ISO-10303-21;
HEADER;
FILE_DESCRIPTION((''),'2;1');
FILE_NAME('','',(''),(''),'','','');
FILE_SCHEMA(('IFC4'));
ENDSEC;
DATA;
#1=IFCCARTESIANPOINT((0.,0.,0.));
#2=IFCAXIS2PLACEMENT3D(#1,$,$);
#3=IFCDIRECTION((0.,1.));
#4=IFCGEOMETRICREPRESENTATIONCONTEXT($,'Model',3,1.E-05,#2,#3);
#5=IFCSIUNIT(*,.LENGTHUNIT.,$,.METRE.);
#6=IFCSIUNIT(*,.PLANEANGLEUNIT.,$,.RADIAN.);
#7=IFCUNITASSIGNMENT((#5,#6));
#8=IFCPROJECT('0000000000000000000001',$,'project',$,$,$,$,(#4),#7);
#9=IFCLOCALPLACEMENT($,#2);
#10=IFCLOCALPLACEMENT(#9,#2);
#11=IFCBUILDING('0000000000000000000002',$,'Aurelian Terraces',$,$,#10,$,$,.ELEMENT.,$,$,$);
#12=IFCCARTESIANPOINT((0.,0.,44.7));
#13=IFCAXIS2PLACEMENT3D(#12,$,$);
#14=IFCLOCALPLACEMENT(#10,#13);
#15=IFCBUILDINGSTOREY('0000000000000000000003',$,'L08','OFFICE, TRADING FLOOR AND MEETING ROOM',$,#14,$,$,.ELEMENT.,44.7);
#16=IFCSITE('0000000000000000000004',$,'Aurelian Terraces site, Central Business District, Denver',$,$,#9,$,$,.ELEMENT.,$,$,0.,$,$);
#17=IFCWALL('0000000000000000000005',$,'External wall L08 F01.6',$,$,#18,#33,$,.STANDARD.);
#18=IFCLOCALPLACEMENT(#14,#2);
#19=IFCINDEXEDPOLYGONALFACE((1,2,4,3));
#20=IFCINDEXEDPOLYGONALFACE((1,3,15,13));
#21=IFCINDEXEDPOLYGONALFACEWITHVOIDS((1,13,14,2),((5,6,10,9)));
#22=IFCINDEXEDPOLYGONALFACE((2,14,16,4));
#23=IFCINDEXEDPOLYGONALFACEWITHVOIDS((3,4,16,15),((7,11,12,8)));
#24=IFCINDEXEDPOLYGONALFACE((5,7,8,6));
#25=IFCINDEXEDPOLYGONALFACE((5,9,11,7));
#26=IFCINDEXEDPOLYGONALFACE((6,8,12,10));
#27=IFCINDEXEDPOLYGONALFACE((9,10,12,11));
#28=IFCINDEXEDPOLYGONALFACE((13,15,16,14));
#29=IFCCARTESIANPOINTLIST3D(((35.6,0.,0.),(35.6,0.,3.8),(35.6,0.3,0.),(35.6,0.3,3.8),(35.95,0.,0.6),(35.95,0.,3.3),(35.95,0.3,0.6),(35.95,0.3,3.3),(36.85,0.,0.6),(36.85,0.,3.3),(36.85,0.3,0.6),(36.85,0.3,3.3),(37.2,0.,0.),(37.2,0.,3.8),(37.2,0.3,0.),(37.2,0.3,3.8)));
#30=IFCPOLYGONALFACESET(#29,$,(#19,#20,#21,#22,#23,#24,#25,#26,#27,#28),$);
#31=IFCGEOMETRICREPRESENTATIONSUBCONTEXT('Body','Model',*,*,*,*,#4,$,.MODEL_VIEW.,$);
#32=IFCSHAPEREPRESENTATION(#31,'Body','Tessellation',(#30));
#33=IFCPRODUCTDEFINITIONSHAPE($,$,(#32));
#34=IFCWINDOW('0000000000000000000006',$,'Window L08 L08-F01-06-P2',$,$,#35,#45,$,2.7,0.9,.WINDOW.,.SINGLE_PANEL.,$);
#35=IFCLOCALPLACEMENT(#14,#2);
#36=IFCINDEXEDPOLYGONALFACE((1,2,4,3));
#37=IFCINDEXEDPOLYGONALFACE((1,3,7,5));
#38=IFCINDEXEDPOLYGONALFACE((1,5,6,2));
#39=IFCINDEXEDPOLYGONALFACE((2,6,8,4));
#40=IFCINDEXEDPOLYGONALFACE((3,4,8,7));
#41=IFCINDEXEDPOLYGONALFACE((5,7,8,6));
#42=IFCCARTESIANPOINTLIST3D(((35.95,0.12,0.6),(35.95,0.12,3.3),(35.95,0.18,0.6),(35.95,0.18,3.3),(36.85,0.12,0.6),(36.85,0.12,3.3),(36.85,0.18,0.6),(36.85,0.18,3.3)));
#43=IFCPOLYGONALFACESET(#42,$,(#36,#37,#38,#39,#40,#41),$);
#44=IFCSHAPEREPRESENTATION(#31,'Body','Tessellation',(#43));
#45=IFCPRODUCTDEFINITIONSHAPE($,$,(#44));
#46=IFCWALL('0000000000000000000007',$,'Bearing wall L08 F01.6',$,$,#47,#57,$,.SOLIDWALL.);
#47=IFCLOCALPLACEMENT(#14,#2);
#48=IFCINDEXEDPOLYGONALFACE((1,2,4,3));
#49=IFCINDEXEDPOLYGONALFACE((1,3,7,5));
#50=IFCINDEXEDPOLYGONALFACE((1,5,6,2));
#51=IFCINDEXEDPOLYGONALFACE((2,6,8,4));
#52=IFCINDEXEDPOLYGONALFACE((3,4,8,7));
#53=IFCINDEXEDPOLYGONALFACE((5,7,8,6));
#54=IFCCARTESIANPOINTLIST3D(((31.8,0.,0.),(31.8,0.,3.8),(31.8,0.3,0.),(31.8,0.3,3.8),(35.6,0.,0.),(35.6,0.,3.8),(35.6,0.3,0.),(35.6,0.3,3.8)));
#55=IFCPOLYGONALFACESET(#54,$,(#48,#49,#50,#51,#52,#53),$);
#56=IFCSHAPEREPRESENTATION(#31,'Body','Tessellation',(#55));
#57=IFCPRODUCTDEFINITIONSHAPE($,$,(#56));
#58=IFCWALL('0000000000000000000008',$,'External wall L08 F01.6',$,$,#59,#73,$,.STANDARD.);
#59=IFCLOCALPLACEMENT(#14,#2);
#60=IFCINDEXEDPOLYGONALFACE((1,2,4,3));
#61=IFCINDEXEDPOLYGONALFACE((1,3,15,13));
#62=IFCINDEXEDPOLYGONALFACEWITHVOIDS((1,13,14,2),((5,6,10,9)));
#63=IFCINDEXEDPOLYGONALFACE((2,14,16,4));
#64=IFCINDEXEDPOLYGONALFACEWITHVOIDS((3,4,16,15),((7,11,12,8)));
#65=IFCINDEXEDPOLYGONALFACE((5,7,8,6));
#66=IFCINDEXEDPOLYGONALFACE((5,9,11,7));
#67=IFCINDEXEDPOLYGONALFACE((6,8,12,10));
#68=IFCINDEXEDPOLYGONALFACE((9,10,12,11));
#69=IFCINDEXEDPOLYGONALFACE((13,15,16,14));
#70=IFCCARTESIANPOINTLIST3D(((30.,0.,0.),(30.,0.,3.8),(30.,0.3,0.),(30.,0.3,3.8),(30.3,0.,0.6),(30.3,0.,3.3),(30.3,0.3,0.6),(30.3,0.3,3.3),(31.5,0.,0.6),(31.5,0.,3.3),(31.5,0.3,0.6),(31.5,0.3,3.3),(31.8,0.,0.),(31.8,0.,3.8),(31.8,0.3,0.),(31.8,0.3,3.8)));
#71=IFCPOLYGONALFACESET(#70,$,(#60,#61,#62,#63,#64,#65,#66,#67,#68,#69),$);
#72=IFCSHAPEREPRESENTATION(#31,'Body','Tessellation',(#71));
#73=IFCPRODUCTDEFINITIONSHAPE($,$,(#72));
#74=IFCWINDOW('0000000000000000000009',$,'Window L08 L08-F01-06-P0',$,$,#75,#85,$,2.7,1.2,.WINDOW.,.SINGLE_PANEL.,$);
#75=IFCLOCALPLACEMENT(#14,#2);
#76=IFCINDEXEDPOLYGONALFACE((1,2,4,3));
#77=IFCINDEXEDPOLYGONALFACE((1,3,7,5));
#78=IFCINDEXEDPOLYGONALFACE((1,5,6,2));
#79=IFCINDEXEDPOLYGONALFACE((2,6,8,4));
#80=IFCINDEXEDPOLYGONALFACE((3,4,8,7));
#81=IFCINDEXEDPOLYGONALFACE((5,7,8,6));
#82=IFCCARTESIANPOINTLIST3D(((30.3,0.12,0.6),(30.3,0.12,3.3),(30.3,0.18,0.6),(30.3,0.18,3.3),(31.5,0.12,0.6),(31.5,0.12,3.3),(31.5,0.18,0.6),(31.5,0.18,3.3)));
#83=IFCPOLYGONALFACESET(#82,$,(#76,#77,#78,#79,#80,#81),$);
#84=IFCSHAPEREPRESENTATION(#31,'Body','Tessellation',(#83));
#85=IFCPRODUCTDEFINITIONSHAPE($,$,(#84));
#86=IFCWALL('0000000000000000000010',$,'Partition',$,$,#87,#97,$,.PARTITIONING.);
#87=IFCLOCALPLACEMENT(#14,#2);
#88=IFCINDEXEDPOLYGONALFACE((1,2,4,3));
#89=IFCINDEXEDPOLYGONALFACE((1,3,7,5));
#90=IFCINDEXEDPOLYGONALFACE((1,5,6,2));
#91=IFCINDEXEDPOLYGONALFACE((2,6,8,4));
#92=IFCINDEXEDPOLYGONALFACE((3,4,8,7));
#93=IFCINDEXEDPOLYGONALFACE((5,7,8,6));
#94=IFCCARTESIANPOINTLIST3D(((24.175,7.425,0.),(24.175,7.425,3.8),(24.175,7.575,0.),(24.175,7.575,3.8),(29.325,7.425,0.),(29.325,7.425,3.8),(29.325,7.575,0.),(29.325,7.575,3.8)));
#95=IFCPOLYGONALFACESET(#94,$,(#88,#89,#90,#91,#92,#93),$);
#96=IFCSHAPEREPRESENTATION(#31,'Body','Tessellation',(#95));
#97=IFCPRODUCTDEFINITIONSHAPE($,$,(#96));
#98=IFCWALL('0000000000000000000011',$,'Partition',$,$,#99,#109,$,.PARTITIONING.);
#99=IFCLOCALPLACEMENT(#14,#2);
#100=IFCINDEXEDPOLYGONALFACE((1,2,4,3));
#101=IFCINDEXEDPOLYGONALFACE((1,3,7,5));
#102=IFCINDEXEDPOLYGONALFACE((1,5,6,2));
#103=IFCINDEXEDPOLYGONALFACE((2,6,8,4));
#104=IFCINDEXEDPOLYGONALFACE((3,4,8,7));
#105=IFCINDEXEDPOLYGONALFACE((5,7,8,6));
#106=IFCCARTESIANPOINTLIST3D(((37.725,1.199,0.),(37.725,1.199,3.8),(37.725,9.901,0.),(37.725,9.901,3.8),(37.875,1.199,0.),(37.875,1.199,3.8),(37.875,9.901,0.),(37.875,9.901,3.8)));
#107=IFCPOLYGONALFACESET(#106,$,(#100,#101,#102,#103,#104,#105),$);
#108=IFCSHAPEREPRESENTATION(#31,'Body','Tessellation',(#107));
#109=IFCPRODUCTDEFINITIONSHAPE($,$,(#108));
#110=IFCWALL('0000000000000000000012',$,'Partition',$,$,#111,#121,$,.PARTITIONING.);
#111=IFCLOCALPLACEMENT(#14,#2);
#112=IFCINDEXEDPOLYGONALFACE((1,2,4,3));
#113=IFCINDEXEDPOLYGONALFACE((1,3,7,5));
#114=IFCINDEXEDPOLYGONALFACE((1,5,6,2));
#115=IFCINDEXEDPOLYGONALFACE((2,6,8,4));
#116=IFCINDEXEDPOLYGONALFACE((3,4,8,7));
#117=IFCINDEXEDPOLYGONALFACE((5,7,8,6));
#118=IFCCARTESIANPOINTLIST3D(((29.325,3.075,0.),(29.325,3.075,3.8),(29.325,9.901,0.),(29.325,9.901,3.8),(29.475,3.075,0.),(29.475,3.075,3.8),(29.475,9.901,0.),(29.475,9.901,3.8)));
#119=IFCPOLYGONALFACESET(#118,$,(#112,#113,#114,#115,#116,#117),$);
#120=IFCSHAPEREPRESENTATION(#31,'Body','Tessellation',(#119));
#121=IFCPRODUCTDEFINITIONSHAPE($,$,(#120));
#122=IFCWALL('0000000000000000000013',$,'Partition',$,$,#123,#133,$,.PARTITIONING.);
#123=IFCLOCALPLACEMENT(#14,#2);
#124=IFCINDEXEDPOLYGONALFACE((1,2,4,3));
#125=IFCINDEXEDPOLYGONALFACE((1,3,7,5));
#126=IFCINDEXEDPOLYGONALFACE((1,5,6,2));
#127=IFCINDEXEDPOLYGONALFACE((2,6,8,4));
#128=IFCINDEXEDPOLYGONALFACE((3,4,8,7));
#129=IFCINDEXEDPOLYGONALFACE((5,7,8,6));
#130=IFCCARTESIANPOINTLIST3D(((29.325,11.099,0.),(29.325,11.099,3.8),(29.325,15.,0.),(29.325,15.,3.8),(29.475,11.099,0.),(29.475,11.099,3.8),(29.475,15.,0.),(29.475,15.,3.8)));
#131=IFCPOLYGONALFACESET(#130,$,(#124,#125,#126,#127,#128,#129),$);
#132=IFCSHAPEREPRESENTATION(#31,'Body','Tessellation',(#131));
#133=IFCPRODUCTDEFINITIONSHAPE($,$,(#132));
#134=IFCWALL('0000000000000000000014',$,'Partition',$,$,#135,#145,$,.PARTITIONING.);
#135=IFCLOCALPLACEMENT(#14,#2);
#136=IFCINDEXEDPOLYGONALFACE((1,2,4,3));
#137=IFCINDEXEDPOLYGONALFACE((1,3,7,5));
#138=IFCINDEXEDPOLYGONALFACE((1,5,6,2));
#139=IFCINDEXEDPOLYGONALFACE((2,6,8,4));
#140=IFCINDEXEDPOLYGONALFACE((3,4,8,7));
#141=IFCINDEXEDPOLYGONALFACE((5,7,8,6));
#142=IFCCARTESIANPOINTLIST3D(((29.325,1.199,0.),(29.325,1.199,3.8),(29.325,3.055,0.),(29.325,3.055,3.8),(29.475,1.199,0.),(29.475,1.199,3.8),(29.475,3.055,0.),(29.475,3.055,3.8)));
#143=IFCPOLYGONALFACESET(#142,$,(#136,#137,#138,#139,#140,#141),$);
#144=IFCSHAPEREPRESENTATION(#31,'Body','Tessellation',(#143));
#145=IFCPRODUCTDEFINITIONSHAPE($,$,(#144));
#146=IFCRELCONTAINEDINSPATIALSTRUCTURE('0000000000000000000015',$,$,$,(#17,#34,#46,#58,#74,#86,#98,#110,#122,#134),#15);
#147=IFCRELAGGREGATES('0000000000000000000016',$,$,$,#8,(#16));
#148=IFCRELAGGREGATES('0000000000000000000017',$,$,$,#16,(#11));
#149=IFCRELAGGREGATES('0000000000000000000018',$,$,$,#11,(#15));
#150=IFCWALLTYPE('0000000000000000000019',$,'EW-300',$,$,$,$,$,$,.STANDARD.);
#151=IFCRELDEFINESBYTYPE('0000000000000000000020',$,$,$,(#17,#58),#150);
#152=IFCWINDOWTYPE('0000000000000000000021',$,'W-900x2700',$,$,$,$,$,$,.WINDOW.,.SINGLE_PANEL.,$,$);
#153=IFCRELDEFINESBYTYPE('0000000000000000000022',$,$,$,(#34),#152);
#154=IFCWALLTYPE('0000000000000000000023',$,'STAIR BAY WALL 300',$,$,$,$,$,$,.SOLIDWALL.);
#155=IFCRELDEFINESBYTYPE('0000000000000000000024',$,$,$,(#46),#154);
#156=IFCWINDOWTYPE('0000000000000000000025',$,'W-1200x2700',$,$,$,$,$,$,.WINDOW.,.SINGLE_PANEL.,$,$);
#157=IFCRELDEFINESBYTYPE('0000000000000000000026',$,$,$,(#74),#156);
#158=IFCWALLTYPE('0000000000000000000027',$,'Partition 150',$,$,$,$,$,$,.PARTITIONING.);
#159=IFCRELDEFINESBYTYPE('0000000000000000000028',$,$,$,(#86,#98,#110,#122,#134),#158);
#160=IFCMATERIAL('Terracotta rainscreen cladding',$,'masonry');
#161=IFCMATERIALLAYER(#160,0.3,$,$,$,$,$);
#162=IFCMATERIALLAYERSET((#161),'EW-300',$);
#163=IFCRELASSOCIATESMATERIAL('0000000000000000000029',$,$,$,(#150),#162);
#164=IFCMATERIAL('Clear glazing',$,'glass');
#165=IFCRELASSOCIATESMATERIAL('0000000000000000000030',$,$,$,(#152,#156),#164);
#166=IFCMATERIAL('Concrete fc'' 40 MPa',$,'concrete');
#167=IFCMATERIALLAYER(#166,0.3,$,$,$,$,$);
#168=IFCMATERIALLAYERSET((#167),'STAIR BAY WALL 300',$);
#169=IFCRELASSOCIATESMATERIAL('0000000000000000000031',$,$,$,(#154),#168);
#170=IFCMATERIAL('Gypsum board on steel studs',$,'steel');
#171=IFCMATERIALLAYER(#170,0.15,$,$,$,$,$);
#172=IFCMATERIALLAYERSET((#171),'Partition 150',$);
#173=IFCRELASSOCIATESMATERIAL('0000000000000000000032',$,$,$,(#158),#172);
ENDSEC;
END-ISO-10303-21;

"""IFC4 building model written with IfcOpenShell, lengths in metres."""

from ifc_helpers import new_model, si_unit, direction, frame, frame_2d, origin, place, context, subcontext, project, spatial, rectangle, extrude, source, transform, mapped, material, layer, layer_set, type_object, element, fill, save


model = new_model("IFC4")

# Units and contexts
model_context = context("Model", 3, precision=1e-05, world=origin(), true_north=direction((0.0, 1.0)))
body_context = subcontext(model_context, "Body", "Model", "MODEL_VIEW")
ifc_project = project(units=[si_unit("LENGTHUNIT", "METRE"), si_unit("PLANEANGLEUNIT", "RADIAN")], contexts=[model_context])

# Site, building, storey
site_placement = place(None, origin())
site = spatial("IfcSite", under=ifc_project, at=site_placement, Name="Aurelian Terraces site, Central Business District, Denver", CompositionType="ELEMENT", RefElevation=0.0)
building_placement = place(site_placement, origin())
building = spatial("IfcBuilding", under=site, at=building_placement, Name="Aurelian Terraces", CompositionType="ELEMENT")
storey_placement = place(building_placement, frame((0.0, 0.0, 44.7)))
storey = spatial("IfcBuildingStorey", under=building, at=storey_placement, Name="L08", Description="OFFICE, TRADING FLOOR AND MEETING ROOM", CompositionType="ELEMENT", Elevation=44.7)

# Shared definitions
ifc_material_1 = material(Name="Terracotta rainscreen cladding", Category="masonry")
ifc_layer_1 = layer(ifc_material_1, 0.3)
ifc_layer_set_1 = layer_set([ifc_layer_1], Name="EW-300")
wall_type_1 = type_object("IfcWallType", Name="EW-300", PredefinedType="STANDARD", material=ifc_layer_set_1)
ifc_material_2 = material(Name="Clear glazing", Category="glass")

# Wall, opening, window
shared_shape_1 = source(origin(), body_context, "Body", "SweptSolid", [
    extrude(rectangle(XDim=1.6, YDim=0.3, at=frame_2d((0.8, 0.0))), origin(), (0.0, 0.0, 1.0), 3.8),
])
wall_1_placement = place(storey_placement, frame((35.6, 0.15, 0.0), z_axis=(0.0, 0.0, 1.0), x_axis=(1.0, 0.0, 0.0)))
wall_1 = element("IfcWall", 1, at=wall_1_placement, inside=storey, type_object=wall_type_1, Name="External wall L08 F01.6", PredefinedType="STANDARD", context=body_context, shape_type="MappedRepresentation", body=[
    mapped(shared_shape_1, transform((0.0, 0.0, 0.0), scale=1.0)),
])
shared_shape_2 = source(origin(), body_context, "Body", "SweptSolid", [
    extrude(rectangle(XDim=0.9, YDim=2.7, at=frame_2d((0.45, 1.35))), frame((0.0, 0.16, 0.0), z_axis=(0.0, -1.0, 0.0), x_axis=(1.0, 0.0, 0.0)), (0.0, 0.0, 1.0), 0.32),
])
opening_1_placement = place(wall_1_placement, frame((0.35, 0.0, 0.6)))
opening_1 = element("IfcOpeningElement", 2, at=opening_1_placement, cuts=wall_1, PredefinedType="OPENING", context=body_context, shape_type="MappedRepresentation", body=[
    mapped(shared_shape_2, transform((0.0, 0.0, 0.0), scale=1.0)),
])
window_type_1 = type_object("IfcWindowType", Name="W-900x2700", PartitioningType="SINGLE_PANEL", PredefinedType="WINDOW", material=ifc_material_2)
shared_shape_3 = source(origin(), body_context, "Body", "SweptSolid", [
    extrude(rectangle(XDim=0.9, YDim=2.7, at=frame_2d((0.45, 1.35))), frame((0.0, 0.03, 0.0), z_axis=(0.0, -1.0, 0.0), x_axis=(1.0, 0.0, 0.0)), (0.0, 0.0, 1.0), 0.06),
])
window_1_placement = place(opening_1_placement, origin())
window_1 = element("IfcWindow", 3, at=window_1_placement, inside=storey, type_object=window_type_1, Name="Window L08 L08-F01-06-P2", OverallHeight=2.7, OverallWidth=0.9, PartitioningType="SINGLE_PANEL", PredefinedType="WINDOW", context=body_context, shape_type="MappedRepresentation", body=[
    mapped(shared_shape_3, transform((0.0, 0.0, 0.0), scale=1.0)),
])
fill(opening_1, window_1)

# Wall
ifc_material_3 = material(Name="Concrete fc' 40 MPa", Category="concrete")
ifc_layer_2 = layer(ifc_material_3, 0.3)
ifc_layer_set_2 = layer_set([ifc_layer_2], Name="STAIR BAY WALL 300")
wall_type_2 = type_object("IfcWallType", Name="STAIR BAY WALL 300", PredefinedType="SOLIDWALL", material=ifc_layer_set_2)
shared_shape_4 = source(origin(), body_context, "Body", "SweptSolid", [
    extrude(rectangle(XDim=3.8, YDim=0.3, at=frame_2d((1.9, 0.0))), origin(), (0.0, 0.0, 1.0), 3.8),
])
wall_2_placement = place(storey_placement, frame((31.8, 0.15, 0.0), z_axis=(0.0, 0.0, 1.0), x_axis=(1.0, 0.0, 0.0)))
element("IfcWall", 4, at=wall_2_placement, inside=storey, type_object=wall_type_2, Name="Bearing wall L08 F01.6", PredefinedType="SOLIDWALL", context=body_context, shape_type="MappedRepresentation", body=[
    mapped(shared_shape_4, transform((0.0, 0.0, 0.0), scale=1.0)),
])

# Wall, opening, window
shared_shape_5 = source(origin(), body_context, "Body", "SweptSolid", [
    extrude(rectangle(XDim=1.8, YDim=0.3, at=frame_2d((0.9, 0.0))), origin(), (0.0, 0.0, 1.0), 3.8),
])
wall_3_placement = place(storey_placement, frame((30.0, 0.15, 0.0), z_axis=(0.0, 0.0, 1.0), x_axis=(1.0, 0.0, 0.0)))
wall_3 = element("IfcWall", 5, at=wall_3_placement, inside=storey, type_object=wall_type_1, Name="External wall L08 F01.6", PredefinedType="STANDARD", context=body_context, shape_type="MappedRepresentation", body=[
    mapped(shared_shape_5, transform((0.0, 0.0, 0.0), scale=1.0)),
])
shared_shape_6 = source(origin(), body_context, "Body", "SweptSolid", [
    extrude(rectangle(XDim=1.2, YDim=2.7, at=frame_2d((0.6, 1.35))), frame((0.0, 0.16, 0.0), z_axis=(0.0, -1.0, 0.0), x_axis=(1.0, 0.0, 0.0)), (0.0, 0.0, 1.0), 0.32),
])
opening_2_placement = place(wall_3_placement, frame((0.3, 0.0, 0.6)))
opening_2 = element("IfcOpeningElement", 6, at=opening_2_placement, cuts=wall_3, PredefinedType="OPENING", context=body_context, shape_type="MappedRepresentation", body=[
    mapped(shared_shape_6, transform((0.0, 0.0, 0.0), scale=1.0)),
])
window_type_2 = type_object("IfcWindowType", Name="W-1200x2700", PartitioningType="SINGLE_PANEL", PredefinedType="WINDOW", material=ifc_material_2)
shared_shape_7 = source(origin(), body_context, "Body", "SweptSolid", [
    extrude(rectangle(XDim=1.2, YDim=2.7, at=frame_2d((0.6, 1.35))), frame((0.0, 0.03, 0.0), z_axis=(0.0, -1.0, 0.0), x_axis=(1.0, 0.0, 0.0)), (0.0, 0.0, 1.0), 0.06),
])
window_2_placement = place(opening_2_placement, origin())
window_2 = element("IfcWindow", 7, at=window_2_placement, inside=storey, type_object=window_type_2, Name="Window L08 L08-F01-06-P0", OverallHeight=2.7, OverallWidth=1.2, PartitioningType="SINGLE_PANEL", PredefinedType="WINDOW", context=body_context, shape_type="MappedRepresentation", body=[
    mapped(shared_shape_7, transform((0.0, 0.0, 0.0), scale=1.0)),
])
fill(opening_2, window_2)

# Walls
ifc_material_4 = material(Name="Gypsum board on steel studs", Category="steel")
ifc_layer_3 = layer(ifc_material_4, 0.15)
ifc_layer_set_3 = layer_set([ifc_layer_3], Name="Partition 150")
wall_type_3 = type_object("IfcWallType", Name="Partition 150", PredefinedType="PARTITIONING", material=ifc_layer_set_3)
shared_shape_8 = source(origin(), body_context, "Body", "SweptSolid", [
    extrude(rectangle(XDim=5.15, YDim=0.15, at=frame_2d((2.575, 0.0))), origin(), (0.0, 0.0, 1.0), 3.8),
])
wall_4_placement = place(storey_placement, frame((29.325, 7.5, 0.0), z_axis=(0.0, 0.0, 1.0), x_axis=(-1.0, 0.0, 0.0)))
element("IfcWall", 8, at=wall_4_placement, inside=storey, type_object=wall_type_3, Name="Partition", PredefinedType="PARTITIONING", context=body_context, shape_type="MappedRepresentation", body=[
    mapped(shared_shape_8, transform((0.0, 0.0, 0.0), scale=1.0)),
])
shared_shape_9 = source(origin(), body_context, "Body", "SweptSolid", [
    extrude(rectangle(XDim=8.702, YDim=0.15, at=frame_2d((4.351, 0.0))), origin(), (0.0, 0.0, 1.0), 3.8),
])
wall_5_placement = place(storey_placement, frame((37.8, 1.199, 0.0), z_axis=(0.0, 0.0, 1.0), x_axis=(0.0, 1.0, 0.0)))
element("IfcWall", 9, at=wall_5_placement, inside=storey, type_object=wall_type_3, Name="Partition", PredefinedType="PARTITIONING", context=body_context, shape_type="MappedRepresentation", body=[
    mapped(shared_shape_9, transform((0.0, 0.0, 0.0), scale=1.0)),
])
shared_shape_10 = source(origin(), body_context, "Body", "SweptSolid", [
    extrude(rectangle(XDim=6.826, YDim=0.15, at=frame_2d((3.413, 0.0))), origin(), (0.0, 0.0, 1.0), 3.8),
])
wall_6_placement = place(storey_placement, frame((29.4, 3.075, 0.0), z_axis=(0.0, 0.0, 1.0), x_axis=(0.0, 1.0, 0.0)))
element("IfcWall", 10, at=wall_6_placement, inside=storey, type_object=wall_type_3, Name="Partition", PredefinedType="PARTITIONING", context=body_context, shape_type="MappedRepresentation", body=[
    mapped(shared_shape_10, transform((0.0, 0.0, 0.0), scale=1.0)),
])
shared_shape_11 = source(origin(), body_context, "Body", "SweptSolid", [
    extrude(rectangle(XDim=3.901, YDim=0.15, at=frame_2d((1.9505, 0.0))), origin(), (0.0, 0.0, 1.0), 3.8),
])
wall_7_placement = place(storey_placement, frame((29.4, 11.099, 0.0), z_axis=(0.0, 0.0, 1.0), x_axis=(0.0, 1.0, 0.0)))
element("IfcWall", 11, at=wall_7_placement, inside=storey, type_object=wall_type_3, Name="Partition", PredefinedType="PARTITIONING", context=body_context, shape_type="MappedRepresentation", body=[
    mapped(shared_shape_11, transform((0.0, 0.0, 0.0), scale=1.0)),
])
shared_shape_12 = source(origin(), body_context, "Body", "SweptSolid", [
    extrude(rectangle(XDim=1.856, YDim=0.15, at=frame_2d((0.928, 0.0))), origin(), (0.0, 0.0, 1.0), 3.8),
])
wall_8_placement = place(storey_placement, frame((29.4, 1.199, 0.0), z_axis=(0.0, 0.0, 1.0), x_axis=(0.0, 1.0, 0.0)))
element("IfcWall", 12, at=wall_8_placement, inside=storey, type_object=wall_type_3, Name="Partition", PredefinedType="PARTITIONING", context=body_context, shape_type="MappedRepresentation", body=[
    mapped(shared_shape_12, transform((0.0, 0.0, 0.0), scale=1.0)),
])

save(model, "model.ifc")
